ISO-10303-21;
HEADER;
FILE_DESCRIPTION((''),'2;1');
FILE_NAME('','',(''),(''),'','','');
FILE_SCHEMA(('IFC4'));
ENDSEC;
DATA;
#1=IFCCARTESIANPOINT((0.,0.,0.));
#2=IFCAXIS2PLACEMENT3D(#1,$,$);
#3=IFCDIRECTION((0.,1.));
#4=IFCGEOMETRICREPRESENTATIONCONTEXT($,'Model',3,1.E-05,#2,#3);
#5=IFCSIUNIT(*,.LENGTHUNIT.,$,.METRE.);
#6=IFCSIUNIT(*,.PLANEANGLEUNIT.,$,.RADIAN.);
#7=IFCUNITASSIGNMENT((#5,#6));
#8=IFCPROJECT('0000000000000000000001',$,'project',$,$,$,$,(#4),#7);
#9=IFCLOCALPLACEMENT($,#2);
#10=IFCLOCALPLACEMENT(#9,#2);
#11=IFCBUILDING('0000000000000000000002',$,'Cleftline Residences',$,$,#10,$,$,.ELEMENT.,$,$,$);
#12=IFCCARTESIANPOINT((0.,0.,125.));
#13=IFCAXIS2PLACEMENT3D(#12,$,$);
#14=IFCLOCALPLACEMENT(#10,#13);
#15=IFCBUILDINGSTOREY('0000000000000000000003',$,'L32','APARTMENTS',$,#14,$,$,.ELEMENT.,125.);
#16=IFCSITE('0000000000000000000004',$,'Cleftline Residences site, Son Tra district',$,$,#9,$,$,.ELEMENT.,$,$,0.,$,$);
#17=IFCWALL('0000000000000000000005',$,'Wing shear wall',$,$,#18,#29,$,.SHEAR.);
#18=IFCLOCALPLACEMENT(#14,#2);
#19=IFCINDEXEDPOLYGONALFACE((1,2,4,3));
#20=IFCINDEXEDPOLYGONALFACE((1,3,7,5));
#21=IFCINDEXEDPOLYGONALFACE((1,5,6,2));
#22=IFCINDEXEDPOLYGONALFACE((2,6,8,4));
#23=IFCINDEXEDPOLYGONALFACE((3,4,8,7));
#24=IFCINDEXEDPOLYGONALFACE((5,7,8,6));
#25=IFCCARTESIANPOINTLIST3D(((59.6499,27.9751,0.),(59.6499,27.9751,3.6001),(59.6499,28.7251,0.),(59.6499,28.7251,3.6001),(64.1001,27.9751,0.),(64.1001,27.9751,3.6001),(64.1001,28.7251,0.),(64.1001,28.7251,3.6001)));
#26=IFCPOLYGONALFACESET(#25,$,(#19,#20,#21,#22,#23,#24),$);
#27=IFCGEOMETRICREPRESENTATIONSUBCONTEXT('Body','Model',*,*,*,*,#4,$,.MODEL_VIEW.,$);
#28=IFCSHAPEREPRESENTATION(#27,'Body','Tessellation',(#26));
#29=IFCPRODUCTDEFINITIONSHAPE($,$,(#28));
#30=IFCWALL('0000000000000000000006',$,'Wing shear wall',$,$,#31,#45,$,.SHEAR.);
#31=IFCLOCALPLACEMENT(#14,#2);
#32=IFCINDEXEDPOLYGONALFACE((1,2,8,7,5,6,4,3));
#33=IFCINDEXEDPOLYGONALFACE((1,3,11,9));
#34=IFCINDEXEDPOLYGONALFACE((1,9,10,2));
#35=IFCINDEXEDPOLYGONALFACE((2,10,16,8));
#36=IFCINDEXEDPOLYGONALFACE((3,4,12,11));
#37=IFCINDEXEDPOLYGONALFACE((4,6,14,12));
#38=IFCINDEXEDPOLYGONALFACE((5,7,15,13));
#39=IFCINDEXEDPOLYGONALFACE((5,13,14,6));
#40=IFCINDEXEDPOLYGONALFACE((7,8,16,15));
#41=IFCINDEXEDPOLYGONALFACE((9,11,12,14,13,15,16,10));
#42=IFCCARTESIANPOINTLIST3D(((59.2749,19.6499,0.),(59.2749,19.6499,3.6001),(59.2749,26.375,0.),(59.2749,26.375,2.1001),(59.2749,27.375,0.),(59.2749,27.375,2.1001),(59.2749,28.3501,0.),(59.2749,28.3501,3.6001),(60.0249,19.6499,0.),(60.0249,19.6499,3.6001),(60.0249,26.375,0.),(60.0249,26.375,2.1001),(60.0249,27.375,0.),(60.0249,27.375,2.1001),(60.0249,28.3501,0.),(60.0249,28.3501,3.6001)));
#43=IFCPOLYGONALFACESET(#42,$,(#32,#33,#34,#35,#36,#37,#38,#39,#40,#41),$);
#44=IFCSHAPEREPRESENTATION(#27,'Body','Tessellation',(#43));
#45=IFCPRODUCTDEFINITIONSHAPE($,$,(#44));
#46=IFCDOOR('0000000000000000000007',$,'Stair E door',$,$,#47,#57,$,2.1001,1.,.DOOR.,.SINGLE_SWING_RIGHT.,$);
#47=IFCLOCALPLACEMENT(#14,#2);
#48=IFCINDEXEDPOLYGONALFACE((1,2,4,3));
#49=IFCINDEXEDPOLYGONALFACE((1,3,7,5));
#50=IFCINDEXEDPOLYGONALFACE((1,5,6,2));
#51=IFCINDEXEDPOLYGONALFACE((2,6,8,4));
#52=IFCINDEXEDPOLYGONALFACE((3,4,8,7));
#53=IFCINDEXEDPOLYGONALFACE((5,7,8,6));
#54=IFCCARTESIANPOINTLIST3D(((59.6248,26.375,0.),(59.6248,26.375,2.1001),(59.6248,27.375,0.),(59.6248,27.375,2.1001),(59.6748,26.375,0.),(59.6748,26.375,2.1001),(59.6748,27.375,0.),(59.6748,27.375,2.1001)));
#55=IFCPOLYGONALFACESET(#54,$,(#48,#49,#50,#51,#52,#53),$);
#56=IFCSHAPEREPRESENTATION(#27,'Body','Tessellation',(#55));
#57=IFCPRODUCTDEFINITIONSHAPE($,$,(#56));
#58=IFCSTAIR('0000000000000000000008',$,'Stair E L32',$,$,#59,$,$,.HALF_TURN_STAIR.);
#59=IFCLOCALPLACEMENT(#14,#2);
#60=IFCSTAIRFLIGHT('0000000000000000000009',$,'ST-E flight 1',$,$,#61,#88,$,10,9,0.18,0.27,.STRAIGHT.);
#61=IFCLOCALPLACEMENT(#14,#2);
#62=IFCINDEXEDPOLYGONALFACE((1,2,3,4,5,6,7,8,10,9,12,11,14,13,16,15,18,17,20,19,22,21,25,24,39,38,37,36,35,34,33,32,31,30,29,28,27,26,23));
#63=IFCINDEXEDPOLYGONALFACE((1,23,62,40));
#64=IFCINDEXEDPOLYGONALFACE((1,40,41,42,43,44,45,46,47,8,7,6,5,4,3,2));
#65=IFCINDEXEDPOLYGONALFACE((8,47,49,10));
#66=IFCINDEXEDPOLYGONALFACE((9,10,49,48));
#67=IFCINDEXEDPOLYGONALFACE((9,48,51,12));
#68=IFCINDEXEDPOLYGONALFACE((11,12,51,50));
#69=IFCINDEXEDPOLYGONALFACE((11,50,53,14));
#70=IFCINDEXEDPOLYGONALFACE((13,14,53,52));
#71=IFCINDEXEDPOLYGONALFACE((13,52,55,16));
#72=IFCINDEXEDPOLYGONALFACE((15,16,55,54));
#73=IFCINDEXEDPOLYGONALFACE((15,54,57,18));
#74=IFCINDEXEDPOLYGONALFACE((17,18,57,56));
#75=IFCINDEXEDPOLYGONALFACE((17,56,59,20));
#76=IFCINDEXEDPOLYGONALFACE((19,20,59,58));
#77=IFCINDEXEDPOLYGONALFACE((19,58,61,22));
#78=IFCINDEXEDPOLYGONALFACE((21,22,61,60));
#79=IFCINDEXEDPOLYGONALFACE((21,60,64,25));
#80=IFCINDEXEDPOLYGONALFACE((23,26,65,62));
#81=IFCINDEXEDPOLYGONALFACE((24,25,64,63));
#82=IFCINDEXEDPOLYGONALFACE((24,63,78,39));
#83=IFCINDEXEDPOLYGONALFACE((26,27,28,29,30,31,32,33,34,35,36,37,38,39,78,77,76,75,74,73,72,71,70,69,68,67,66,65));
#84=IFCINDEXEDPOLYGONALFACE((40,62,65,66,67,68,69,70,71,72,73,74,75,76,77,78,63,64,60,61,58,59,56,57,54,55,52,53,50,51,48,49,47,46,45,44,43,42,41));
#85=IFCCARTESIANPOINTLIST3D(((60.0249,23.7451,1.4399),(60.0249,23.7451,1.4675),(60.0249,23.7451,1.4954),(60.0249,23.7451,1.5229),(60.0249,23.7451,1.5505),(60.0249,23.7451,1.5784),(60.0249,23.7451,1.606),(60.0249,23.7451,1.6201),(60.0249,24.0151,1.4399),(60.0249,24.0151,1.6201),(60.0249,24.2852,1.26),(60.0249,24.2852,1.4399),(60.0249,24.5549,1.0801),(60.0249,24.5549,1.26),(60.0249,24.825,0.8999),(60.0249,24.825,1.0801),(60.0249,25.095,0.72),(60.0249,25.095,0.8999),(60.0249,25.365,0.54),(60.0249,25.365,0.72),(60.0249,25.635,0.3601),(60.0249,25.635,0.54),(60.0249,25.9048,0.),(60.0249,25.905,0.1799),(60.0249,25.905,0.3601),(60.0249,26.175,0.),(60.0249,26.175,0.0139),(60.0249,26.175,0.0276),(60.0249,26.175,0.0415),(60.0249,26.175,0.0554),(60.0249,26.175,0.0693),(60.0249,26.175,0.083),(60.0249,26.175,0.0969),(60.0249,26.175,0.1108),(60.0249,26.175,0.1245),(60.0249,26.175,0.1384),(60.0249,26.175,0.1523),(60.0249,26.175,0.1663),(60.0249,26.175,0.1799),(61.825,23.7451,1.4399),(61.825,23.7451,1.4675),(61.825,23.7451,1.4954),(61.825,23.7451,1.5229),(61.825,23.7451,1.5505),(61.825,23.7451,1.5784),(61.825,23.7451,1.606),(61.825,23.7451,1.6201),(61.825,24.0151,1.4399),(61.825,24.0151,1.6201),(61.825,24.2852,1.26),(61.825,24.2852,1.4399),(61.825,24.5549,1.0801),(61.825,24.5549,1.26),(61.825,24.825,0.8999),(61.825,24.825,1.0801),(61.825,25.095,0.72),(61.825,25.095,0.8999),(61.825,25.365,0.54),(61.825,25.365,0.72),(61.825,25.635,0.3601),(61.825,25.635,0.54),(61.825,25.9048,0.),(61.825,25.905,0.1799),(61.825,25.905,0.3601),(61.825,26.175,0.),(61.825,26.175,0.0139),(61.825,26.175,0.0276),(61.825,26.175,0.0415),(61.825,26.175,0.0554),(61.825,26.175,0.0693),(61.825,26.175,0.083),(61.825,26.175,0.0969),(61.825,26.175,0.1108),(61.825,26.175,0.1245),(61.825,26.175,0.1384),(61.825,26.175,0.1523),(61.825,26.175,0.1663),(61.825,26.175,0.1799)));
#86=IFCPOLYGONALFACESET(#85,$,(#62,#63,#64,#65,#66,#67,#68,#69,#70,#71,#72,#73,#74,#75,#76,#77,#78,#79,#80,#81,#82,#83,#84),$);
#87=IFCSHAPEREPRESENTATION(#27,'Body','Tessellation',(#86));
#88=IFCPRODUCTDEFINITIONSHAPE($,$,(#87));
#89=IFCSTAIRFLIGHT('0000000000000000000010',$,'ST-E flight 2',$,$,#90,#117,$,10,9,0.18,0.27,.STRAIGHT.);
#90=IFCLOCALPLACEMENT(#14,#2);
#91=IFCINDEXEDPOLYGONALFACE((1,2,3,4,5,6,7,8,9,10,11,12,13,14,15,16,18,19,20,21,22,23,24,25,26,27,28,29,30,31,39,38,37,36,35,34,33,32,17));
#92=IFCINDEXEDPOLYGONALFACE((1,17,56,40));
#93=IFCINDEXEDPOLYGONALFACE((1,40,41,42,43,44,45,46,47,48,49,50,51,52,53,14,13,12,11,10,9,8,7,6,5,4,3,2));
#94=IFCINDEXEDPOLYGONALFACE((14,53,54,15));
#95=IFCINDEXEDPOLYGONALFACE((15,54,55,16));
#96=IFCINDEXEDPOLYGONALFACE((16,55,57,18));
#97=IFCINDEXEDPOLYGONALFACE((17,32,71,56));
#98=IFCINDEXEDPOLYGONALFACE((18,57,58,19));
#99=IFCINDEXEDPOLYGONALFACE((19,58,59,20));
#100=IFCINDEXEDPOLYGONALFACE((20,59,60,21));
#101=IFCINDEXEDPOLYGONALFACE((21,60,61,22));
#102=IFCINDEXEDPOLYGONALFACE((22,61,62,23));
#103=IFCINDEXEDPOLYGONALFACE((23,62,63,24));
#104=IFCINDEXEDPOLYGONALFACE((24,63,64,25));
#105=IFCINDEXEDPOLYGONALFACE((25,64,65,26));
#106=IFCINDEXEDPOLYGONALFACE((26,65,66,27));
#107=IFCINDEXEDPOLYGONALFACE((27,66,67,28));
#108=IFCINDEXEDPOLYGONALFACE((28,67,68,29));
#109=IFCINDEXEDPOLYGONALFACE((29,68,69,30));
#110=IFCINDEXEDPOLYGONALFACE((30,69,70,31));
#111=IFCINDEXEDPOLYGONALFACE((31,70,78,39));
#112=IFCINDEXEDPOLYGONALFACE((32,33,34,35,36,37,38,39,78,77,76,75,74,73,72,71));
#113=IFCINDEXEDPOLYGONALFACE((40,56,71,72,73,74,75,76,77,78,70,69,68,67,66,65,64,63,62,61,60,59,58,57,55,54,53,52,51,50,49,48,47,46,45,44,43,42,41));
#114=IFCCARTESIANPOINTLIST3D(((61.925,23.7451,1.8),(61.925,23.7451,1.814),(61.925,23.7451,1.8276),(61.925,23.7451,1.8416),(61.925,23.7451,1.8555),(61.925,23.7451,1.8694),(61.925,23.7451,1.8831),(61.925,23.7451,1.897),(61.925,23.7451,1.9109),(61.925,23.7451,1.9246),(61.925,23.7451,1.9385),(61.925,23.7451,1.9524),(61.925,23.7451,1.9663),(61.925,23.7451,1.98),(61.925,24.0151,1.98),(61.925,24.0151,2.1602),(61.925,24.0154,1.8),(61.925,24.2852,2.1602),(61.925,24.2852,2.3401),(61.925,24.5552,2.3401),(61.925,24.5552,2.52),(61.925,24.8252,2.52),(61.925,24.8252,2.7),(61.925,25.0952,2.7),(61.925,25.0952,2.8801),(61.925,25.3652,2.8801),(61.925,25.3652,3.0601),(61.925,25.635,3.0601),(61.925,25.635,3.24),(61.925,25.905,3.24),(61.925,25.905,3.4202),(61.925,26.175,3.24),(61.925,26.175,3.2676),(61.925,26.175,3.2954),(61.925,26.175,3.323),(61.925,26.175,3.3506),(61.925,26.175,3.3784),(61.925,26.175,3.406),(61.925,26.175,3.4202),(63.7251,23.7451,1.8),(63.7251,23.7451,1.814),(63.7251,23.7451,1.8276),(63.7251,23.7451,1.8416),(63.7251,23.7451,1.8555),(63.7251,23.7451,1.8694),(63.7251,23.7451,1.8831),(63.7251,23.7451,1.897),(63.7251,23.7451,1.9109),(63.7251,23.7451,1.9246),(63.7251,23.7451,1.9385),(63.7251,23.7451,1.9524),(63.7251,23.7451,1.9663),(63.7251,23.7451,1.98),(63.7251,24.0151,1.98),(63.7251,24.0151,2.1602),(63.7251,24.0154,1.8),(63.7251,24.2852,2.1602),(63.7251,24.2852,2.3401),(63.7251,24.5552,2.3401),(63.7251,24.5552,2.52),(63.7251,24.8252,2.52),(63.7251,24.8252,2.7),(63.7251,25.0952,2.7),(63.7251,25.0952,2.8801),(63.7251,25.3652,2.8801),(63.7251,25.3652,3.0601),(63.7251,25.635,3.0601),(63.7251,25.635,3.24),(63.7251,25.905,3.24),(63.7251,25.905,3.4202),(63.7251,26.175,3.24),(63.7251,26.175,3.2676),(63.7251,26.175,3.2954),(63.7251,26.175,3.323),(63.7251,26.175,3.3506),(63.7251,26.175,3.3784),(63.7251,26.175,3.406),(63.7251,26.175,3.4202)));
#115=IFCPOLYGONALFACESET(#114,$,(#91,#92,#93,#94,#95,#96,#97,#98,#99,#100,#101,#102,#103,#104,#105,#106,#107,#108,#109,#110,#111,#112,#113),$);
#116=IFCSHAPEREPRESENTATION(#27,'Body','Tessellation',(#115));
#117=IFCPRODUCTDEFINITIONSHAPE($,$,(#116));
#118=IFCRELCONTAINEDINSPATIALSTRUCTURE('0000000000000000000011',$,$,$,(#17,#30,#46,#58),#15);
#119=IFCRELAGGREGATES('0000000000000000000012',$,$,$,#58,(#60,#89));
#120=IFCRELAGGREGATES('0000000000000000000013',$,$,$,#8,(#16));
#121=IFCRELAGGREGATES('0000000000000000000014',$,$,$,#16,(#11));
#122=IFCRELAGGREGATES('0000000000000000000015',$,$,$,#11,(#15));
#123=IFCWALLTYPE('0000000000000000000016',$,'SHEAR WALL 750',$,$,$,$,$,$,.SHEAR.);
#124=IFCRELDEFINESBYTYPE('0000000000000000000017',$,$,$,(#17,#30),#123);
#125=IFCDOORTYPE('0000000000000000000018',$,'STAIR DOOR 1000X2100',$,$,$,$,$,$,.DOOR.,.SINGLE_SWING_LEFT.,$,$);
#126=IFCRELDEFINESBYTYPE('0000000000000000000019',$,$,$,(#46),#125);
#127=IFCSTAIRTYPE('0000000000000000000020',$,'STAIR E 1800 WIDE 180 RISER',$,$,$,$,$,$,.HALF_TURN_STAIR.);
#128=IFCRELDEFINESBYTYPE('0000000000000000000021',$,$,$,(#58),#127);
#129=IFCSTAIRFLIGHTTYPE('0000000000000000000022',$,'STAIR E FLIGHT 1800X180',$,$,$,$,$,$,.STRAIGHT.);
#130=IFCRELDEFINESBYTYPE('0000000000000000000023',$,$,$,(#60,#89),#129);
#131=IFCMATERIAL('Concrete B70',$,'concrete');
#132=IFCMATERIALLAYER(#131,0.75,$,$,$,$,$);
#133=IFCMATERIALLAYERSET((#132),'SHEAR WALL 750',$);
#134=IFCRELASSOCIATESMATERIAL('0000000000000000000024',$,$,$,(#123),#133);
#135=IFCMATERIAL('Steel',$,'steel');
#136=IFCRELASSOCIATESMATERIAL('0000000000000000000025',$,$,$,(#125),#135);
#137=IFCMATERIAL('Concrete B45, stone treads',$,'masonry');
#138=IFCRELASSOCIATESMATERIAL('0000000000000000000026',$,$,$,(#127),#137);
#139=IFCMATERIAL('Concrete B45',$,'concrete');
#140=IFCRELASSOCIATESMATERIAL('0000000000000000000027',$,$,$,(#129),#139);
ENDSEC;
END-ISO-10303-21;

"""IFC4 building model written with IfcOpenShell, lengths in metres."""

from ifc_helpers import new_model, si_unit, direction, frame, frame_2d, origin, place, context, subcontext, project, spatial, polyline, rectangle, outline, extrude, material, layer, layer_set, type_object, element, fill, aggregate, save


model = new_model("IFC4")

# Units and contexts
model_context = context("Model", 3, precision=1e-05, world=origin(), true_north=direction((0.0, 1.0)))
body_context = subcontext(model_context, "Body", "Model", "MODEL_VIEW")
ifc_project = project(units=[si_unit("LENGTHUNIT", "METRE"), si_unit("PLANEANGLEUNIT", "RADIAN")], contexts=[model_context])

# Site, building, storey
site_placement = place(None, origin())
site = spatial("IfcSite", under=ifc_project, at=site_placement, Name="Cleftline Residences site, Son Tra district", CompositionType="ELEMENT", RefElevation=0.0)
building_placement = place(site_placement, origin())
building = spatial("IfcBuilding", under=site, at=building_placement, Name="Cleftline Residences", CompositionType="ELEMENT")
storey_placement = place(building_placement, frame((0.0, 0.0, 125.0)))
storey = spatial("IfcBuildingStorey", under=building, at=storey_placement, Name="L32", Description="APARTMENTS", CompositionType="ELEMENT", Elevation=125.0)

# Wall
ifc_material_1 = material(Name="Concrete B70", Category="concrete")
ifc_layer_1 = layer(ifc_material_1, 0.75)
ifc_layer_set_1 = layer_set([ifc_layer_1], Name="SHEAR WALL 750")
wall_type_1 = type_object("IfcWallType", Name="SHEAR WALL 750", PredefinedType="SHEAR", material=ifc_layer_set_1)
wall_1_placement = place(storey_placement, frame((64.1001, 28.3501, 0.0), z_axis=(0.0, 0.0, 1.0), x_axis=(-1.0, 0.0, 0.0)))
element("IfcWall", 1, at=wall_1_placement, inside=storey, type_object=wall_type_1, Name="Wing shear wall", PredefinedType="SHEAR", context=body_context, shape_type="SweptSolid", body=[
    extrude(rectangle(XDim=4.4502, YDim=0.75, at=frame_2d((2.2251, 0.0))), origin(), (0.0, 0.0, 1.0), 3.6001),
])

# Wall, opening, door
wall_2_placement = place(storey_placement, frame((59.6499, 28.3501, 0.0), z_axis=(0.0, 0.0, 1.0), x_axis=(0.0, -1.0, 0.0)))
wall_2 = element("IfcWall", 2, at=wall_2_placement, inside=storey, type_object=wall_type_1, Name="Wing shear wall", PredefinedType="SHEAR", context=body_context, shape_type="SweptSolid", body=[
    extrude(rectangle(XDim=8.7002, YDim=0.75, at=frame_2d((4.3501, 0.0))), origin(), (0.0, 0.0, 1.0), 3.6001),
])
opening_1_placement = place(wall_2_placement, frame((0.9751, 0.0, 0.0)))
opening_1 = element("IfcOpeningElement", 3, at=opening_1_placement, cuts=wall_2, PredefinedType="OPENING", context=body_context, shape_type="SweptSolid", body=[
    extrude(rectangle(XDim=1.0, YDim=2.1001, at=frame_2d((0.5, 1.05))), frame((0.0, 0.385, 0.0), z_axis=(0.0, -1.0, 0.0), x_axis=(1.0, 0.0, 0.0)), (0.0, 0.0, 1.0), 0.77),
])
ifc_material_2 = material(Name="Steel", Category="steel")
door_type_1 = type_object("IfcDoorType", Name="STAIR DOOR 1000X2100", OperationType="SINGLE_SWING_LEFT", PredefinedType="DOOR", material=ifc_material_2)
door_1_placement = place(opening_1_placement, origin())
door_1 = element("IfcDoor", 4, at=door_1_placement, inside=storey, type_object=door_type_1, Name="Stair E door", OperationType="SINGLE_SWING_RIGHT", OverallHeight=2.1001, OverallWidth=1.0, PredefinedType="DOOR", context=body_context, shape_type="SweptSolid", body=[
    extrude(rectangle(XDim=1.0, YDim=2.1001, at=frame_2d((0.5, 1.05))), frame((0.0, 0.0249, 0.0), z_axis=(0.0, -1.0, 0.0), x_axis=(1.0, 0.0, 0.0)), (0.0, 0.0, 1.0), 0.05),
])
fill(opening_1, door_1)

# Stair, stair flights
ifc_material_3 = material(Name="Concrete B45, stone treads", Category="masonry")
stair_type = type_object("IfcStairType", Name="STAIR E 1800 WIDE 180 RISER", PredefinedType="HALF_TURN_STAIR", material=ifc_material_3)
stair_placement = place(storey_placement, origin())
stair = element("IfcStair", 5, at=stair_placement, inside=storey, type_object=stair_type, Name="Stair E L32", PredefinedType="HALF_TURN_STAIR")
ifc_material_4 = material(Name="Concrete B45", Category="concrete")
stair_flight_type = type_object("IfcStairFlightType", Name="STAIR E FLIGHT 1800X180", PredefinedType="STRAIGHT", material=ifc_material_4)
stair_flight_1_placement = place(storey_placement, frame((60.925, 26.175, 0.0), z_axis=(0.0, 0.0, 1.0), x_axis=(0.0, -1.0, 0.0)))
stair_flight_1 = element("IfcStairFlight", 6, at=stair_flight_1_placement, type_object=stair_flight_type, Name="ST-E flight 1", NumberOfRisers=10, NumberOfTreads=9, PredefinedType="STRAIGHT", RiserHeight=0.18, TreadLength=0.27, context=body_context, shape_type="SweptSolid", body=[
    extrude(outline(polyline([(0.0, 0.0), (0.0, 0.0139), (0.0, 0.0276), (0.0, 0.0415), (0.0, 0.0554), (0.0, 0.0693), (0.0, 0.083), (0.0, 0.0969), (0.0, 0.1108), (0.0, 0.1245), (0.0, 0.1384), (0.0, 0.1523), (0.0, 0.1663), (0.0, 0.1799), (0.27, 0.1799), (0.27, 0.3601), (0.54, 0.3601), (0.54, 0.54), (0.8101, 0.54), (0.8101, 0.72), (1.0801, 0.72), (1.0801, 0.8999), (1.3501, 0.8999), (1.3501, 1.0801), (1.6201, 1.0801), (1.6201, 1.26), (1.8899, 1.26), (1.8899, 1.4399), (2.1599, 1.4399), (2.1599, 1.6201), (2.4299, 1.6201), (2.4299, 1.8), (2.4299, 1.7722), (2.4299, 1.7446), (2.4299, 1.7168), (2.4299, 1.6892), (2.4299, 1.6614), (2.4299, 1.6338), (2.4299, 1.606), (2.4299, 1.5784), (2.4299, 1.5505), (2.4299, 1.5229), (2.4299, 1.4954), (2.4299, 1.4675), (2.4299, 1.4399), (0.2703, 0.0), (0.0, 0.0)])), frame((0.0, 0.8999, 0.0), z_axis=(0.0, -1.0, 0.0), x_axis=(1.0, 0.0, 0.0)), (0.0, 0.0, 1.0), 1.8),
])
stair_flight_2_placement = place(storey_placement, frame((62.825, 23.7451, 1.8), z_axis=(0.0, 0.0, 1.0), x_axis=(0.0, 1.0, 0.0)))
stair_flight_2 = element("IfcStairFlight", 7, at=stair_flight_2_placement, type_object=stair_flight_type, Name="ST-E flight 2", NumberOfRisers=10, NumberOfTreads=9, PredefinedType="STRAIGHT", RiserHeight=0.18, TreadLength=0.27, context=body_context, shape_type="SweptSolid", body=[
    extrude(outline(polyline([(0.0, 0.0), (0.0, 0.0139), (0.0, 0.0276), (0.0, 0.0415), (0.0, 0.0554), (0.0, 0.0693), (0.0, 0.083), (0.0, 0.0969), (0.0, 0.1108), (0.0, 0.1245), (0.0, 0.1384), (0.0, 0.1523), (0.0, 0.1663), (0.0, 0.1799), (0.27, 0.1799), (0.27, 0.3601), (0.54, 0.3601), (0.54, 0.54), (0.8101, 0.54), (0.8101, 0.72), (1.0801, 0.72), (1.0801, 0.8999), (1.3501, 0.8999), (1.3501, 1.0801), (1.6201, 1.0801), (1.6201, 1.26), (1.8899, 1.26), (1.8899, 1.4399), (2.1599, 1.4399), (2.1599, 1.6201), (2.4299, 1.6201), (2.4299, 1.8), (2.4299, 1.7722), (2.4299, 1.7446), (2.4299, 1.7168), (2.4299, 1.6892), (2.4299, 1.6614), (2.4299, 1.6338), (2.4299, 1.606), (2.4299, 1.5784), (2.4299, 1.5505), (2.4299, 1.5229), (2.4299, 1.4954), (2.4299, 1.4675), (2.4299, 1.4399), (0.2703, 0.0), (0.0, 0.0)])), frame((0.0, 0.8999, 0.0), z_axis=(0.0, -1.0, 0.0), x_axis=(1.0, 0.0, 0.0)), (0.0, 0.0, 1.0), 1.8),
])
aggregate(stair, [stair_flight_1, stair_flight_2])

save(model, "model.ifc")
